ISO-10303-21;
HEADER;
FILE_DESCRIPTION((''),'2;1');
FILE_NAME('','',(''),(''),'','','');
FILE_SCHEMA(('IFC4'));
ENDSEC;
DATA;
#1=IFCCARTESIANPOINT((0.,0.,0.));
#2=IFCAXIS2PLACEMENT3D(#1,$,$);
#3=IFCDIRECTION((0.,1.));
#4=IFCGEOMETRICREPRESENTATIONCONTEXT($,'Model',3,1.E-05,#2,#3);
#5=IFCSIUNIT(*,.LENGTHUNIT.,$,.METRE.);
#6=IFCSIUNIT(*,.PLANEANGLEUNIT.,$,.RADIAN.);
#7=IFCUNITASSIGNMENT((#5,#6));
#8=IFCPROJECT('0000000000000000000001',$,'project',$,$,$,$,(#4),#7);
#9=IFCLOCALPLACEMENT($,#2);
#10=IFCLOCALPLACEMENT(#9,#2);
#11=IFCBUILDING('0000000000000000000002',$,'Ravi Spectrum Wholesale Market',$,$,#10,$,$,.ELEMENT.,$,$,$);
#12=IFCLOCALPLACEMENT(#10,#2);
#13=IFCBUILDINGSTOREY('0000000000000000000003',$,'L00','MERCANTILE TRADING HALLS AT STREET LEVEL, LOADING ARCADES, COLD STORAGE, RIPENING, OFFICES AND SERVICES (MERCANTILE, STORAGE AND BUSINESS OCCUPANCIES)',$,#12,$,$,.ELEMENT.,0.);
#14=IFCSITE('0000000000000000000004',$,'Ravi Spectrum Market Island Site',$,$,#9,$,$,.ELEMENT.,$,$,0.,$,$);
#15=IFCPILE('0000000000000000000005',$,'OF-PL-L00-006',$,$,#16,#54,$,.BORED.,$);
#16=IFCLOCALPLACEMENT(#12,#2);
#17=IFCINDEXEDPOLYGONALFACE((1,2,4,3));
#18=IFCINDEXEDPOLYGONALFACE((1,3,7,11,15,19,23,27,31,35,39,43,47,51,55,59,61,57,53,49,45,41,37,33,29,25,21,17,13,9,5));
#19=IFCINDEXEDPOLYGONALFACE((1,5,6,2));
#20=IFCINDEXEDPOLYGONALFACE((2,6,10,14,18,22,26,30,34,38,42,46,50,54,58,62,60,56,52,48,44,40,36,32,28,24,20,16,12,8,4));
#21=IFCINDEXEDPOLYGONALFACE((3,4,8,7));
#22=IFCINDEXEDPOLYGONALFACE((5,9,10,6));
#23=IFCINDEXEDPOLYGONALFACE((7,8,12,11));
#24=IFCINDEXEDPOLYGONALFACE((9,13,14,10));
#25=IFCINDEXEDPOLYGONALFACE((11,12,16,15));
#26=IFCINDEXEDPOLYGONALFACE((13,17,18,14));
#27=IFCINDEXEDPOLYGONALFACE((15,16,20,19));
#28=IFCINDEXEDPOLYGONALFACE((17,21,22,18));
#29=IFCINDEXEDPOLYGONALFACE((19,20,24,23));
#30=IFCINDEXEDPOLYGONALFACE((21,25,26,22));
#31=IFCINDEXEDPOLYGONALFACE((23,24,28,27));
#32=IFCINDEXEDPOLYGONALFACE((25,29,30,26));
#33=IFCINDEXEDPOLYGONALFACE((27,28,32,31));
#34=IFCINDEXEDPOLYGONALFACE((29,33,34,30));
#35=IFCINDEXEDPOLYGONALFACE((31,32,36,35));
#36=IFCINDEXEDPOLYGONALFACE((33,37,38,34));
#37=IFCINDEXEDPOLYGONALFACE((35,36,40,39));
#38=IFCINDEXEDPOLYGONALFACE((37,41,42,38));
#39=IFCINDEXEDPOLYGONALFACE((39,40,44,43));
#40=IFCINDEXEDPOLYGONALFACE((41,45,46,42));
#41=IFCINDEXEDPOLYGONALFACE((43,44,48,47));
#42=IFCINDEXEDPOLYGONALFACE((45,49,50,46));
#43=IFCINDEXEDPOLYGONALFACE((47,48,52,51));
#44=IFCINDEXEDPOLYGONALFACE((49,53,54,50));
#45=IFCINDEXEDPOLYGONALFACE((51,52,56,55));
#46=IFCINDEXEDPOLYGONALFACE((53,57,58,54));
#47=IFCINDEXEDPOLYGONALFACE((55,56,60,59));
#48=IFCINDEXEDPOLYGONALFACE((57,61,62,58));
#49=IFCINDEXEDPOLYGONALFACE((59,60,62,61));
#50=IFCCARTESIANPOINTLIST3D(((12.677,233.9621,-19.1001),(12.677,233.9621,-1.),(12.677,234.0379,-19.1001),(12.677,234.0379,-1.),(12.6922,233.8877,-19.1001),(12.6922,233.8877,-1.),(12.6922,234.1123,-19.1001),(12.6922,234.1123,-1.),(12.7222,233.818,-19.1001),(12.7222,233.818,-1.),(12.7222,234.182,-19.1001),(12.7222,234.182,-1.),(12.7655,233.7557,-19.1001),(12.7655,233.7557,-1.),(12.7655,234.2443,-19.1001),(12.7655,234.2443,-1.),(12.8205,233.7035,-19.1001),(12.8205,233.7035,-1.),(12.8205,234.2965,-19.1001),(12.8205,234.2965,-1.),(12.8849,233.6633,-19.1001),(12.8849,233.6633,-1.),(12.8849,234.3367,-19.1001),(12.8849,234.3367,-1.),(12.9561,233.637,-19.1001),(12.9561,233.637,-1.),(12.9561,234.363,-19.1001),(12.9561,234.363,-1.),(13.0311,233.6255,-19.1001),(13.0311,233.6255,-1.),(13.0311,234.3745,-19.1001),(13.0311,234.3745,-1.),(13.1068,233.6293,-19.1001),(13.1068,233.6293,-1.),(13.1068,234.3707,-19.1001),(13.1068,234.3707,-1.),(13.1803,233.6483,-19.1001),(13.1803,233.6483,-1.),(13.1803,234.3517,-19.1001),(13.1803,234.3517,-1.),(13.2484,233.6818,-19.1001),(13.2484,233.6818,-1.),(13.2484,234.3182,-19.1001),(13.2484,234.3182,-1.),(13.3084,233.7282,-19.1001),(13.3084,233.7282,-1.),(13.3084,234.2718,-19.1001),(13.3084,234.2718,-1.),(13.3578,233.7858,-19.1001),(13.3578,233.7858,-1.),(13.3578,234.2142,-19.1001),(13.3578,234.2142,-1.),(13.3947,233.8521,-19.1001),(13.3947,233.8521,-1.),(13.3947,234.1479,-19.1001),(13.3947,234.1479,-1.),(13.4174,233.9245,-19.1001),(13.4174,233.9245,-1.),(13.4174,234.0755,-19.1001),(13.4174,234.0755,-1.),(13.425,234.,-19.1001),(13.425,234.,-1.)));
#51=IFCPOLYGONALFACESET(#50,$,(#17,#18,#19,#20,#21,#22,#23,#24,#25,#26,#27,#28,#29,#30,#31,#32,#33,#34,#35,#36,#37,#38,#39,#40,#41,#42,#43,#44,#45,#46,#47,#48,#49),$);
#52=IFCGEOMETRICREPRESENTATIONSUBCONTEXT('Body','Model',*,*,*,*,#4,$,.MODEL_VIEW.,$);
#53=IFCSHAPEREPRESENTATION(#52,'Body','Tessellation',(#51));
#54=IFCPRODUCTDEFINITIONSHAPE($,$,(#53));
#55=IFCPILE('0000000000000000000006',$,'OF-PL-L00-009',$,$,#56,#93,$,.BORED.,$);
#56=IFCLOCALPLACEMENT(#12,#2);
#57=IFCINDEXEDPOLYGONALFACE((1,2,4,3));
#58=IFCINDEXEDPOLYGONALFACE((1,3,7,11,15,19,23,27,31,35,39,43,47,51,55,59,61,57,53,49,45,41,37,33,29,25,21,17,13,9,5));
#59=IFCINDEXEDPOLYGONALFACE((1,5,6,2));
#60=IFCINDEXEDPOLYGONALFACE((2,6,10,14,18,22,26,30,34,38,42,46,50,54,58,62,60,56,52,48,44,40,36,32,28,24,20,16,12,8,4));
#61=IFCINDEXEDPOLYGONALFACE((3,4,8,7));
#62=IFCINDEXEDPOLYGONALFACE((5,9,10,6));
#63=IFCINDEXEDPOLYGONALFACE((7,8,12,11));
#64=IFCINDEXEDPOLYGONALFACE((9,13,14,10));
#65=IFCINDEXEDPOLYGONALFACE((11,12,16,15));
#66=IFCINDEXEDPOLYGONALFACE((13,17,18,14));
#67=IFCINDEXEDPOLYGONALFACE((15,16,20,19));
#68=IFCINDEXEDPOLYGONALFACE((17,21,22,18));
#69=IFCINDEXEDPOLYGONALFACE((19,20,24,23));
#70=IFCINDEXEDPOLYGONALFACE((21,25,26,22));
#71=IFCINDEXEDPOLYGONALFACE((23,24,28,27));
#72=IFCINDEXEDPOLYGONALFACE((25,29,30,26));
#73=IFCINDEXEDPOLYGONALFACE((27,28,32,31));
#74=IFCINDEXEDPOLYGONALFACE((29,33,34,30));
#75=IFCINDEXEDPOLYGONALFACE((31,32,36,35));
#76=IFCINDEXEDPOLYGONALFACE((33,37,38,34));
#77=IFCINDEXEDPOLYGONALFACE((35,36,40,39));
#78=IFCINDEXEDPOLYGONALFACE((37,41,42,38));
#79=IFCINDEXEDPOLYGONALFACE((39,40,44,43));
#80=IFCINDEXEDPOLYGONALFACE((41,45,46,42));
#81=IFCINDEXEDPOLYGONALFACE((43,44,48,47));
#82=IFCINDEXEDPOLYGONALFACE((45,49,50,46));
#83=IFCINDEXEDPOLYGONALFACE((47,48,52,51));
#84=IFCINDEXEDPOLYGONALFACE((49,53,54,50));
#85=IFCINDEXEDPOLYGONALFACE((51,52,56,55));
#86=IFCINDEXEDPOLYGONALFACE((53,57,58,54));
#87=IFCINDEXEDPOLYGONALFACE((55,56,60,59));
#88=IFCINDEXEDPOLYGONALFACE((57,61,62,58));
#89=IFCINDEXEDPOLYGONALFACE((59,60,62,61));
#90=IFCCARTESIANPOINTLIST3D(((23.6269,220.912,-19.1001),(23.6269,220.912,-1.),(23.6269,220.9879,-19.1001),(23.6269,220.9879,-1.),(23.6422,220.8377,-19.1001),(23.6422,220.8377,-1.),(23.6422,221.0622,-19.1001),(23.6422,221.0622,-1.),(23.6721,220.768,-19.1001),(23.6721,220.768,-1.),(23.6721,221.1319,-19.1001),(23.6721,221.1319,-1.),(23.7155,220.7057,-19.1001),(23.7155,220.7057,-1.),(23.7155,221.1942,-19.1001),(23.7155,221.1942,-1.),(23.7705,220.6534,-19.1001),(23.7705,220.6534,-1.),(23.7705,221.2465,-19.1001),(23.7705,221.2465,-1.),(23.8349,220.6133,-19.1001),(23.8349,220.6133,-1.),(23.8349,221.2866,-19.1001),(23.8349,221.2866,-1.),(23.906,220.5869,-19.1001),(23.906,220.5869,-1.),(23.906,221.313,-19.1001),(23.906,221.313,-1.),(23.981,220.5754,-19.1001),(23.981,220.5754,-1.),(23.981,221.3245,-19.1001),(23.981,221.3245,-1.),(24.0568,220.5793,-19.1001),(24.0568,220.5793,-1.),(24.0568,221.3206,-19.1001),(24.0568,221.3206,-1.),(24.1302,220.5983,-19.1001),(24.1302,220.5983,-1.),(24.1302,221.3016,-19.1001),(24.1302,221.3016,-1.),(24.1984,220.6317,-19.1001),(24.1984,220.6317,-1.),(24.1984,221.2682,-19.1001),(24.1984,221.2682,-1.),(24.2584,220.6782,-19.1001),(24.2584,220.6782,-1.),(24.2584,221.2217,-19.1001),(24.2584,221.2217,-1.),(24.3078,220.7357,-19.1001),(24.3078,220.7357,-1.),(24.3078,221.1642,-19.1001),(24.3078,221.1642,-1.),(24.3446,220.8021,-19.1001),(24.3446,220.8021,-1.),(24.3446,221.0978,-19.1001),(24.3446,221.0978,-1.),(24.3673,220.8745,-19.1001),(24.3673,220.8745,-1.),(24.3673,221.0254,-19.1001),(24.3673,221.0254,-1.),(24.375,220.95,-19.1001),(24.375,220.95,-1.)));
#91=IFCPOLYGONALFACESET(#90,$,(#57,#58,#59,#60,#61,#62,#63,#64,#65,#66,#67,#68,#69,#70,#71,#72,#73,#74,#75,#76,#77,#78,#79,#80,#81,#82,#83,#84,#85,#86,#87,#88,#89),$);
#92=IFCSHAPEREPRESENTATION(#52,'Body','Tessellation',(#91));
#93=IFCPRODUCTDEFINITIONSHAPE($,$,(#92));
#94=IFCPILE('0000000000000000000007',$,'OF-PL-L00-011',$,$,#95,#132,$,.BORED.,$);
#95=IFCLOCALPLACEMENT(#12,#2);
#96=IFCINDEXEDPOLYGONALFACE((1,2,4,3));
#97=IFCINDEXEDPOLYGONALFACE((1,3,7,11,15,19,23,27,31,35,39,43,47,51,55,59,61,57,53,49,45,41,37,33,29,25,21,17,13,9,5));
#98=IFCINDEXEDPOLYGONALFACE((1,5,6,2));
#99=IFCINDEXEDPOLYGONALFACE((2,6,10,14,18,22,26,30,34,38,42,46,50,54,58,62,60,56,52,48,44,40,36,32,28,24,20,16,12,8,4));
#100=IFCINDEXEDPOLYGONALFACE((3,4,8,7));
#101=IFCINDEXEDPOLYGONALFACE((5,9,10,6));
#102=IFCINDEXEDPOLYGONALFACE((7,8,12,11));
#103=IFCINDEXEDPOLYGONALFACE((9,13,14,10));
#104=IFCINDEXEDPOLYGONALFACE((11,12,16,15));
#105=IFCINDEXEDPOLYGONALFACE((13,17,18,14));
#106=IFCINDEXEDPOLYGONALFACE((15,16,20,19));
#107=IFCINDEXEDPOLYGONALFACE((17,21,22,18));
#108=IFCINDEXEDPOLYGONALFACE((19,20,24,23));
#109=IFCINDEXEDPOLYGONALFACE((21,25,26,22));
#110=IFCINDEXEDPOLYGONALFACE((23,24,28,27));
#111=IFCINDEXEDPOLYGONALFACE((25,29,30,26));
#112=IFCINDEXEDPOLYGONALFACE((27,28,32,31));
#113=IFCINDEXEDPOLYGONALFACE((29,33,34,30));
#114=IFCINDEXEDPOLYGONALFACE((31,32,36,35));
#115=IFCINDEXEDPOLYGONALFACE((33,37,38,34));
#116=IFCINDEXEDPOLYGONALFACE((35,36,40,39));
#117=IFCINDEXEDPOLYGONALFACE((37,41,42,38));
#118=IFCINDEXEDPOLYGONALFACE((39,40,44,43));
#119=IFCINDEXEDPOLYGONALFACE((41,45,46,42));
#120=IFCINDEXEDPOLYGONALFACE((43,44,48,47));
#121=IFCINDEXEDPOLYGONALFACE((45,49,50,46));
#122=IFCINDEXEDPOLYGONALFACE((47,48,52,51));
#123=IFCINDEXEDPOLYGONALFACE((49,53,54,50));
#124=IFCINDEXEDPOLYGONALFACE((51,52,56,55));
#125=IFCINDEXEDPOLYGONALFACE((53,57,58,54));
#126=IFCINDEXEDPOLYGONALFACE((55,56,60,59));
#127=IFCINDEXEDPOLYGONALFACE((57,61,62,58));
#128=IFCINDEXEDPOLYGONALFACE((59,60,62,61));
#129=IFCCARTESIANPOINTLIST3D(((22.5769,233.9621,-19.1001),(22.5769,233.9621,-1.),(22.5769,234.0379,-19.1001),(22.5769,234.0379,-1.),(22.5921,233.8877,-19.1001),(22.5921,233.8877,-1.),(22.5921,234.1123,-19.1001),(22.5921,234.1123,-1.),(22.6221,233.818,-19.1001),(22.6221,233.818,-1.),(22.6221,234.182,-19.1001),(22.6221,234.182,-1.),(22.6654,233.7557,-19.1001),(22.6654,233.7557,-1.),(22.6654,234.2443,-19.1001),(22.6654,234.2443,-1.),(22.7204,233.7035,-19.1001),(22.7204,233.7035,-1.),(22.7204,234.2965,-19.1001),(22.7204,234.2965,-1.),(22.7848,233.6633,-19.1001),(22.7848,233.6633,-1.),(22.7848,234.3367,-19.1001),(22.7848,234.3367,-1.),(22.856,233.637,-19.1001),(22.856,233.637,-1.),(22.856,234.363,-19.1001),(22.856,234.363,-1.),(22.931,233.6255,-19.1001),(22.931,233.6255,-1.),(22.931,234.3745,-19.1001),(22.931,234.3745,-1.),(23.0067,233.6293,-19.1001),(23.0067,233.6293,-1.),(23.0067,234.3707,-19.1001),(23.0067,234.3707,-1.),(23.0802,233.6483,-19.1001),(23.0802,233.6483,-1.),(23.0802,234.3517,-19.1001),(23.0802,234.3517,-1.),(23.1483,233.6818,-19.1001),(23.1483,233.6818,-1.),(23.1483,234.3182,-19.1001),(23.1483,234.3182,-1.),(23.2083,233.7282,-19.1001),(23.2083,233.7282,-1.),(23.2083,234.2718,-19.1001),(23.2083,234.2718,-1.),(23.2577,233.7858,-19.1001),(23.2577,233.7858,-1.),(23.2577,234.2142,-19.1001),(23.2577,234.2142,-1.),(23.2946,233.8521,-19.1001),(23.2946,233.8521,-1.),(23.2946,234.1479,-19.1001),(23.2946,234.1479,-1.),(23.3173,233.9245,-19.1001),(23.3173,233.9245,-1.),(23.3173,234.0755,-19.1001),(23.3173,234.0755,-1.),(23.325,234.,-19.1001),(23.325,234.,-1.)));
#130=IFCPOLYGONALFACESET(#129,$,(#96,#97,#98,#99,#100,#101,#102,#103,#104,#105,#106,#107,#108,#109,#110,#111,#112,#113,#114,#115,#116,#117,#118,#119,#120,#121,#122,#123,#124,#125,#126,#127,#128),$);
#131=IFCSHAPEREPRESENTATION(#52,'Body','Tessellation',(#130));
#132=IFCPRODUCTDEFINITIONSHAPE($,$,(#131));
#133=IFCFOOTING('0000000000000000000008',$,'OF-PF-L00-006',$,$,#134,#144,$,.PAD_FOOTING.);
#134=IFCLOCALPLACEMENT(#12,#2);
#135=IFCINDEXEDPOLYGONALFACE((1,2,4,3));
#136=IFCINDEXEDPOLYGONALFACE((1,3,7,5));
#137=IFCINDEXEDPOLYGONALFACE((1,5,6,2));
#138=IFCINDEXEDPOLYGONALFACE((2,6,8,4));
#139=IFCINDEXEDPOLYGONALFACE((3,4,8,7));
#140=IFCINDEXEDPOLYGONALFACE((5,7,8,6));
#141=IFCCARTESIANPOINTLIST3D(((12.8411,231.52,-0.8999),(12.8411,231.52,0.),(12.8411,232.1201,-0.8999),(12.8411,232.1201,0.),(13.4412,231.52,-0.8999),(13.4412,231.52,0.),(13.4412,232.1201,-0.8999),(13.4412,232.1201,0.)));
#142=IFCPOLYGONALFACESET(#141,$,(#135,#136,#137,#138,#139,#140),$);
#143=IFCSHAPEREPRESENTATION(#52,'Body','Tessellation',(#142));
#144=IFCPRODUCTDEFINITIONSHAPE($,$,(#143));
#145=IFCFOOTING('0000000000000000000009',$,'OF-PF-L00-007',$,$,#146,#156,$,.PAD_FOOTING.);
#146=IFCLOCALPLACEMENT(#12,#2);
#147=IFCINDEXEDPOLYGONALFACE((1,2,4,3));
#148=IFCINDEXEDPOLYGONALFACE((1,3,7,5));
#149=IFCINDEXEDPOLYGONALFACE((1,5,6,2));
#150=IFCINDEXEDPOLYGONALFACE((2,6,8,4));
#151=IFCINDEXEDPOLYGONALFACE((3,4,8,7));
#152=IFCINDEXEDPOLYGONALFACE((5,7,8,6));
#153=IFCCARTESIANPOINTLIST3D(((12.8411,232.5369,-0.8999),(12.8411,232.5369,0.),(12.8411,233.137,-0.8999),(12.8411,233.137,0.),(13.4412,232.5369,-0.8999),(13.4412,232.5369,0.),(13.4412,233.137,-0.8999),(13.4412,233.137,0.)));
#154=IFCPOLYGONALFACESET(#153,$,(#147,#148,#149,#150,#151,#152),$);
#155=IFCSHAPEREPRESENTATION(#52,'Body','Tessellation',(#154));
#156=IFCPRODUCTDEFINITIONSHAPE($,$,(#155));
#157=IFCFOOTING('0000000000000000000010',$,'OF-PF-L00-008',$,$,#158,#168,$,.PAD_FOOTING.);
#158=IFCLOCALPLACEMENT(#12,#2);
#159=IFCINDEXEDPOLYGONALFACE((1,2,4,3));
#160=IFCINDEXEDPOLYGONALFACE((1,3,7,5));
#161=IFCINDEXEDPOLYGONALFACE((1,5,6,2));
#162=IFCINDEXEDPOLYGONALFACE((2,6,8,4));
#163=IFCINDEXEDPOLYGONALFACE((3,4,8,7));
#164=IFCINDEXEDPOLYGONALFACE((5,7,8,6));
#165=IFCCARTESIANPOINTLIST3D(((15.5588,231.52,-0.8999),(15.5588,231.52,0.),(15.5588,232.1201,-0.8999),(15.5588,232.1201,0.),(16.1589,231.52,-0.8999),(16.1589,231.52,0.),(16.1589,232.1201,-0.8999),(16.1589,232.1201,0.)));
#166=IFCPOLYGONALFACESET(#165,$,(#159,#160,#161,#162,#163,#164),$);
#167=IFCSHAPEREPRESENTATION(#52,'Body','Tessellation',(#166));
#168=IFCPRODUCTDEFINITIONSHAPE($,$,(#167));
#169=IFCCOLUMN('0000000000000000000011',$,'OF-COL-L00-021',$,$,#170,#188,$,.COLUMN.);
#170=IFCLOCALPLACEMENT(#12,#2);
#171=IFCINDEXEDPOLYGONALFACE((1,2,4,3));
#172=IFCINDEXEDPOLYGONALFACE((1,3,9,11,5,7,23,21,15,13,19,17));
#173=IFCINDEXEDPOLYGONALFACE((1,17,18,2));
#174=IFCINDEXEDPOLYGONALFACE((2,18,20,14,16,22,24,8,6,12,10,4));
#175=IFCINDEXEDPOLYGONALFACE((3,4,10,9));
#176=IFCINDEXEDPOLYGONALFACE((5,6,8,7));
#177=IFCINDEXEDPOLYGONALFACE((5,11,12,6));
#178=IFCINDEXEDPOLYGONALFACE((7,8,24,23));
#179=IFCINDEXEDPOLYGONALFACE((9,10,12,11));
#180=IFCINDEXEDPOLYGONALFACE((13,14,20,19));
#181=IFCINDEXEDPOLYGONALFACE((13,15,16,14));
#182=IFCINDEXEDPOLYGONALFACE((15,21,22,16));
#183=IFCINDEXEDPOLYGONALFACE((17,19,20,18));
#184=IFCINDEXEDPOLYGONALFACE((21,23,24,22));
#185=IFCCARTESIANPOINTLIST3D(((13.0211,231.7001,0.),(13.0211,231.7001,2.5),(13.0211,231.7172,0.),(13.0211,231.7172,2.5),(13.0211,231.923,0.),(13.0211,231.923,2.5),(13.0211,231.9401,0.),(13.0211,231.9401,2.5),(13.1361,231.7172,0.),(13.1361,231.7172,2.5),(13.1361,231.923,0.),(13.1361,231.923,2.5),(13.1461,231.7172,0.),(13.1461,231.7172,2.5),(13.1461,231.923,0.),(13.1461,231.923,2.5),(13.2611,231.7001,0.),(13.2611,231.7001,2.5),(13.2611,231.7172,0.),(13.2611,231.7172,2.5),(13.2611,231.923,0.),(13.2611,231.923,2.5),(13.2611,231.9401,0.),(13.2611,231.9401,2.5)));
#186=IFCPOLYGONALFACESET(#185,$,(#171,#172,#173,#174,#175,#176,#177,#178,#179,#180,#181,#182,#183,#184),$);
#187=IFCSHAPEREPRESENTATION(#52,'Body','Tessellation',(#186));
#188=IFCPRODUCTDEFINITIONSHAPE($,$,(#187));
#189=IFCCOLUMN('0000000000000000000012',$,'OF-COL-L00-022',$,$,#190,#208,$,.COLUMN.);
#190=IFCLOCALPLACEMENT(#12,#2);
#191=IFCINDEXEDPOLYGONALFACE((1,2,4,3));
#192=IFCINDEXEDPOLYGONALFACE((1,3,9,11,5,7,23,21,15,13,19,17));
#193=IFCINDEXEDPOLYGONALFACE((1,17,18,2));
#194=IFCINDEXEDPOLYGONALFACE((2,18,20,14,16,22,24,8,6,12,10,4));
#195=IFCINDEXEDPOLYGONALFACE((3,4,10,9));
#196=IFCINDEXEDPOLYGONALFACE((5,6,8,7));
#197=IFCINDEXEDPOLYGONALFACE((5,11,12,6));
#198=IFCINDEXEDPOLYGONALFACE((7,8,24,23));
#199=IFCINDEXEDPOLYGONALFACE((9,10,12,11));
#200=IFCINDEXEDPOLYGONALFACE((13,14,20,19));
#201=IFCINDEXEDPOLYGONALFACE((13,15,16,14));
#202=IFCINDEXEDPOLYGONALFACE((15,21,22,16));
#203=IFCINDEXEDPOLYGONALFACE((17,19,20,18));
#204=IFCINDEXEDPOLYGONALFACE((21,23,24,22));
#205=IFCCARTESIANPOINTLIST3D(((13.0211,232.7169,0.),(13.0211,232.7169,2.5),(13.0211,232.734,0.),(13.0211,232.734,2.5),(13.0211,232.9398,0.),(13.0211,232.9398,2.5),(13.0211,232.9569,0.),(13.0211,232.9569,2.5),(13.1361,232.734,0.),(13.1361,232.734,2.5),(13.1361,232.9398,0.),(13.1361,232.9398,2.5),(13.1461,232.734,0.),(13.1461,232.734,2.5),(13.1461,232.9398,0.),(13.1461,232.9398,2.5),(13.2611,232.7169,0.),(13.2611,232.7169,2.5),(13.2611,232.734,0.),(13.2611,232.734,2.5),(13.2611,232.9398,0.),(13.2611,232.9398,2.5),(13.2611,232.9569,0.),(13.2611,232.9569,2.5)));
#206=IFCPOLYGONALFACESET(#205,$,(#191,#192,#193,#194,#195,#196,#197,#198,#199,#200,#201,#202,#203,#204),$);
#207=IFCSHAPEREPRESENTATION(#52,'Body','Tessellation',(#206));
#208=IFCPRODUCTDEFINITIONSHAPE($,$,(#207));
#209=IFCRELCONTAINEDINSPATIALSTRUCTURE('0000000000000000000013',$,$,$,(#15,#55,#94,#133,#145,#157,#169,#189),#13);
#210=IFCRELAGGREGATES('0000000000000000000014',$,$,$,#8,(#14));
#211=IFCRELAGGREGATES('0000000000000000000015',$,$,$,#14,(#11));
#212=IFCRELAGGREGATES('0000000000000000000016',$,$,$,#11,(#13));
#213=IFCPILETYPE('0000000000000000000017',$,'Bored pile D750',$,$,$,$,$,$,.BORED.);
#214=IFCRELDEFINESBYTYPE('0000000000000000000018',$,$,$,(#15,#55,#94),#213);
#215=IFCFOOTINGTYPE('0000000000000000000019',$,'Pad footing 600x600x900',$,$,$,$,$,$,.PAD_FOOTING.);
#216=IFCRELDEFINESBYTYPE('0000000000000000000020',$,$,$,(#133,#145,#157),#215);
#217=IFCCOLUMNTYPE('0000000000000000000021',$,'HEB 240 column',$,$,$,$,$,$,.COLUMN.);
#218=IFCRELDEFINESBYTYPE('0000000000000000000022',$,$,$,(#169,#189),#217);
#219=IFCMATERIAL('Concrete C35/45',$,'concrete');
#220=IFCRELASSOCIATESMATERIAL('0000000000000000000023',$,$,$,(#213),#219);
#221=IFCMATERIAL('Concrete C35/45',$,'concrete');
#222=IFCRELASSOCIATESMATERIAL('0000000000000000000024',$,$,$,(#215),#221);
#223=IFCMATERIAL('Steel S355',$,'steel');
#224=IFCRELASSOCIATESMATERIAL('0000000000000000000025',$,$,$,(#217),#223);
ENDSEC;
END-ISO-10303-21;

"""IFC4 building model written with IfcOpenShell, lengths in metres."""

from ifc_helpers import new_model, si_unit, direction, frame, origin, origin_2d, place, context, subcontext, project, spatial, rectangle, circle, i_section, extrude, material, material_profile, profile_set, type_object, element, save


model = new_model("IFC4")

# Units and contexts
model_context = context("Model", 3, precision=1e-05, world=origin(), true_north=direction((0.0, 1.0)))
body_context = subcontext(model_context, "Body", "Model", "MODEL_VIEW")
ifc_project = project(units=[si_unit("LENGTHUNIT", "METRE"), si_unit("PLANEANGLEUNIT", "RADIAN")], contexts=[model_context])

# Site, building, storey
site_placement = place(None, origin())
site = spatial("IfcSite", under=ifc_project, at=site_placement, Name="Ravi Spectrum Market Island Site", CompositionType="ELEMENT", RefElevation=0.0)
building_placement = place(site_placement, origin())
building = spatial("IfcBuilding", under=site, at=building_placement, Name="Ravi Spectrum Wholesale Market", CompositionType="ELEMENT")
storey_placement = place(building_placement, origin())
storey = spatial("IfcBuildingStorey", under=building, at=storey_placement, Name="L00", Description="MERCANTILE TRADING HALLS AT STREET LEVEL, LOADING ARCADES, COLD STORAGE, RIPENING, OFFICES AND SERVICES (MERCANTILE, STORAGE AND BUSINESS OCCUPANCIES)", CompositionType="ELEMENT", Elevation=0.0)

# Piles
ifc_material_1 = material(Name="Concrete C35/45", Category="concrete")
ifc_material_profile_1 = material_profile(ifc_material_1, circle(Radius=0.375, at=origin_2d()))
ifc_profile_set_1 = profile_set([ifc_material_profile_1], Name="Concrete C35/45")
pile_type = type_object("IfcPileType", Name="Bored pile D750", PredefinedType="BORED", material=ifc_profile_set_1)
for number, where, z_axis, x_axis, name in (
    (1, (13.05, 234.0, -1.0), (0.0, 0.0, -1.0), (1.0, 0.0, 0.0), "OF-PL-L00-006"),
    (2, (24.0, 220.95, -1.0), (0.0, 0.0, -1.0), (1.0, 0.0, 0.0), "OF-PL-L00-009"),
    (3, (22.95, 234.0, -1.0), (0.0, 0.0, -1.0), (1.0, 0.0, 0.0), "OF-PL-L00-011"),
):
    element("IfcPile", number, at=place(storey_placement, frame(where, z_axis=z_axis, x_axis=x_axis)), inside=storey, type_object=pile_type, Name=name, PredefinedType="BORED", context=body_context, shape_type="SweptSolid", body=[
        extrude(circle(Radius=0.375, at=origin_2d()), origin(), (0.0, 0.0, 1.0), 18.1001),
    ])

# Footings
ifc_material_2 = material(Name="Concrete C35/45", Category="concrete")
footing_type = type_object("IfcFootingType", Name="Pad footing 600x600x900", PredefinedType="PAD_FOOTING", material=ifc_material_2)
for number, where, z_axis, x_axis, name in (
    (4, (13.1411, 231.8201, -0.8999), (0.0, 0.0, 1.0), (1.0, 0.0, 0.0), "OF-PF-L00-006"),
    (5, (13.1411, 232.8369, -0.8999), (0.0, 0.0, 1.0), (1.0, 0.0, 0.0), "OF-PF-L00-007"),
    (6, (15.8589, 231.8201, -0.8999), (0.0, 0.0, 1.0), (1.0, 0.0, 0.0), "OF-PF-L00-008"),
):
    element("IfcFooting", number, at=place(storey_placement, frame(where, z_axis=z_axis, x_axis=x_axis)), inside=storey, type_object=footing_type, Name=name, PredefinedType="PAD_FOOTING", context=body_context, shape_type="SweptSolid", body=[
        extrude(rectangle(XDim=0.6001, YDim=0.6001, at=origin_2d()), origin(), (0.0, 0.0, 1.0), 0.8999),
    ])

# Columns
ifc_material_3 = material(Name="Steel S355", Category="steel")
ifc_material_profile_2 = material_profile(ifc_material_3, i_section(OverallWidth=0.24, OverallDepth=0.24, WebThickness=0.01, FlangeThickness=0.0171, at=origin_2d()))
ifc_profile_set_2 = profile_set([ifc_material_profile_2], Name="Steel S355")
column_type = type_object("IfcColumnType", Name="HEB 240 column", PredefinedType="COLUMN", material=ifc_profile_set_2)
for number, where, z_axis, x_axis, name in (
    (7, (13.1411, 231.8201, 0.0), (0.0, 0.0, 1.0), (1.0, 0.0, 0.0), "OF-COL-L00-021"),
    (8, (13.1411, 232.8369, 0.0), (0.0, 0.0, 1.0), (1.0, 0.0, 0.0), "OF-COL-L00-022"),
):
    element("IfcColumn", number, at=place(storey_placement, frame(where, z_axis=z_axis, x_axis=x_axis)), inside=storey, type_object=column_type, Name=name, PredefinedType="COLUMN", context=body_context, shape_type="SweptSolid", body=[
        extrude(i_section(OverallWidth=0.24, OverallDepth=0.24, WebThickness=0.01, FlangeThickness=0.0171, at=origin_2d()), origin(), (0.0, 0.0, 1.0), 2.5),
    ])

save(model, "model.ifc")
